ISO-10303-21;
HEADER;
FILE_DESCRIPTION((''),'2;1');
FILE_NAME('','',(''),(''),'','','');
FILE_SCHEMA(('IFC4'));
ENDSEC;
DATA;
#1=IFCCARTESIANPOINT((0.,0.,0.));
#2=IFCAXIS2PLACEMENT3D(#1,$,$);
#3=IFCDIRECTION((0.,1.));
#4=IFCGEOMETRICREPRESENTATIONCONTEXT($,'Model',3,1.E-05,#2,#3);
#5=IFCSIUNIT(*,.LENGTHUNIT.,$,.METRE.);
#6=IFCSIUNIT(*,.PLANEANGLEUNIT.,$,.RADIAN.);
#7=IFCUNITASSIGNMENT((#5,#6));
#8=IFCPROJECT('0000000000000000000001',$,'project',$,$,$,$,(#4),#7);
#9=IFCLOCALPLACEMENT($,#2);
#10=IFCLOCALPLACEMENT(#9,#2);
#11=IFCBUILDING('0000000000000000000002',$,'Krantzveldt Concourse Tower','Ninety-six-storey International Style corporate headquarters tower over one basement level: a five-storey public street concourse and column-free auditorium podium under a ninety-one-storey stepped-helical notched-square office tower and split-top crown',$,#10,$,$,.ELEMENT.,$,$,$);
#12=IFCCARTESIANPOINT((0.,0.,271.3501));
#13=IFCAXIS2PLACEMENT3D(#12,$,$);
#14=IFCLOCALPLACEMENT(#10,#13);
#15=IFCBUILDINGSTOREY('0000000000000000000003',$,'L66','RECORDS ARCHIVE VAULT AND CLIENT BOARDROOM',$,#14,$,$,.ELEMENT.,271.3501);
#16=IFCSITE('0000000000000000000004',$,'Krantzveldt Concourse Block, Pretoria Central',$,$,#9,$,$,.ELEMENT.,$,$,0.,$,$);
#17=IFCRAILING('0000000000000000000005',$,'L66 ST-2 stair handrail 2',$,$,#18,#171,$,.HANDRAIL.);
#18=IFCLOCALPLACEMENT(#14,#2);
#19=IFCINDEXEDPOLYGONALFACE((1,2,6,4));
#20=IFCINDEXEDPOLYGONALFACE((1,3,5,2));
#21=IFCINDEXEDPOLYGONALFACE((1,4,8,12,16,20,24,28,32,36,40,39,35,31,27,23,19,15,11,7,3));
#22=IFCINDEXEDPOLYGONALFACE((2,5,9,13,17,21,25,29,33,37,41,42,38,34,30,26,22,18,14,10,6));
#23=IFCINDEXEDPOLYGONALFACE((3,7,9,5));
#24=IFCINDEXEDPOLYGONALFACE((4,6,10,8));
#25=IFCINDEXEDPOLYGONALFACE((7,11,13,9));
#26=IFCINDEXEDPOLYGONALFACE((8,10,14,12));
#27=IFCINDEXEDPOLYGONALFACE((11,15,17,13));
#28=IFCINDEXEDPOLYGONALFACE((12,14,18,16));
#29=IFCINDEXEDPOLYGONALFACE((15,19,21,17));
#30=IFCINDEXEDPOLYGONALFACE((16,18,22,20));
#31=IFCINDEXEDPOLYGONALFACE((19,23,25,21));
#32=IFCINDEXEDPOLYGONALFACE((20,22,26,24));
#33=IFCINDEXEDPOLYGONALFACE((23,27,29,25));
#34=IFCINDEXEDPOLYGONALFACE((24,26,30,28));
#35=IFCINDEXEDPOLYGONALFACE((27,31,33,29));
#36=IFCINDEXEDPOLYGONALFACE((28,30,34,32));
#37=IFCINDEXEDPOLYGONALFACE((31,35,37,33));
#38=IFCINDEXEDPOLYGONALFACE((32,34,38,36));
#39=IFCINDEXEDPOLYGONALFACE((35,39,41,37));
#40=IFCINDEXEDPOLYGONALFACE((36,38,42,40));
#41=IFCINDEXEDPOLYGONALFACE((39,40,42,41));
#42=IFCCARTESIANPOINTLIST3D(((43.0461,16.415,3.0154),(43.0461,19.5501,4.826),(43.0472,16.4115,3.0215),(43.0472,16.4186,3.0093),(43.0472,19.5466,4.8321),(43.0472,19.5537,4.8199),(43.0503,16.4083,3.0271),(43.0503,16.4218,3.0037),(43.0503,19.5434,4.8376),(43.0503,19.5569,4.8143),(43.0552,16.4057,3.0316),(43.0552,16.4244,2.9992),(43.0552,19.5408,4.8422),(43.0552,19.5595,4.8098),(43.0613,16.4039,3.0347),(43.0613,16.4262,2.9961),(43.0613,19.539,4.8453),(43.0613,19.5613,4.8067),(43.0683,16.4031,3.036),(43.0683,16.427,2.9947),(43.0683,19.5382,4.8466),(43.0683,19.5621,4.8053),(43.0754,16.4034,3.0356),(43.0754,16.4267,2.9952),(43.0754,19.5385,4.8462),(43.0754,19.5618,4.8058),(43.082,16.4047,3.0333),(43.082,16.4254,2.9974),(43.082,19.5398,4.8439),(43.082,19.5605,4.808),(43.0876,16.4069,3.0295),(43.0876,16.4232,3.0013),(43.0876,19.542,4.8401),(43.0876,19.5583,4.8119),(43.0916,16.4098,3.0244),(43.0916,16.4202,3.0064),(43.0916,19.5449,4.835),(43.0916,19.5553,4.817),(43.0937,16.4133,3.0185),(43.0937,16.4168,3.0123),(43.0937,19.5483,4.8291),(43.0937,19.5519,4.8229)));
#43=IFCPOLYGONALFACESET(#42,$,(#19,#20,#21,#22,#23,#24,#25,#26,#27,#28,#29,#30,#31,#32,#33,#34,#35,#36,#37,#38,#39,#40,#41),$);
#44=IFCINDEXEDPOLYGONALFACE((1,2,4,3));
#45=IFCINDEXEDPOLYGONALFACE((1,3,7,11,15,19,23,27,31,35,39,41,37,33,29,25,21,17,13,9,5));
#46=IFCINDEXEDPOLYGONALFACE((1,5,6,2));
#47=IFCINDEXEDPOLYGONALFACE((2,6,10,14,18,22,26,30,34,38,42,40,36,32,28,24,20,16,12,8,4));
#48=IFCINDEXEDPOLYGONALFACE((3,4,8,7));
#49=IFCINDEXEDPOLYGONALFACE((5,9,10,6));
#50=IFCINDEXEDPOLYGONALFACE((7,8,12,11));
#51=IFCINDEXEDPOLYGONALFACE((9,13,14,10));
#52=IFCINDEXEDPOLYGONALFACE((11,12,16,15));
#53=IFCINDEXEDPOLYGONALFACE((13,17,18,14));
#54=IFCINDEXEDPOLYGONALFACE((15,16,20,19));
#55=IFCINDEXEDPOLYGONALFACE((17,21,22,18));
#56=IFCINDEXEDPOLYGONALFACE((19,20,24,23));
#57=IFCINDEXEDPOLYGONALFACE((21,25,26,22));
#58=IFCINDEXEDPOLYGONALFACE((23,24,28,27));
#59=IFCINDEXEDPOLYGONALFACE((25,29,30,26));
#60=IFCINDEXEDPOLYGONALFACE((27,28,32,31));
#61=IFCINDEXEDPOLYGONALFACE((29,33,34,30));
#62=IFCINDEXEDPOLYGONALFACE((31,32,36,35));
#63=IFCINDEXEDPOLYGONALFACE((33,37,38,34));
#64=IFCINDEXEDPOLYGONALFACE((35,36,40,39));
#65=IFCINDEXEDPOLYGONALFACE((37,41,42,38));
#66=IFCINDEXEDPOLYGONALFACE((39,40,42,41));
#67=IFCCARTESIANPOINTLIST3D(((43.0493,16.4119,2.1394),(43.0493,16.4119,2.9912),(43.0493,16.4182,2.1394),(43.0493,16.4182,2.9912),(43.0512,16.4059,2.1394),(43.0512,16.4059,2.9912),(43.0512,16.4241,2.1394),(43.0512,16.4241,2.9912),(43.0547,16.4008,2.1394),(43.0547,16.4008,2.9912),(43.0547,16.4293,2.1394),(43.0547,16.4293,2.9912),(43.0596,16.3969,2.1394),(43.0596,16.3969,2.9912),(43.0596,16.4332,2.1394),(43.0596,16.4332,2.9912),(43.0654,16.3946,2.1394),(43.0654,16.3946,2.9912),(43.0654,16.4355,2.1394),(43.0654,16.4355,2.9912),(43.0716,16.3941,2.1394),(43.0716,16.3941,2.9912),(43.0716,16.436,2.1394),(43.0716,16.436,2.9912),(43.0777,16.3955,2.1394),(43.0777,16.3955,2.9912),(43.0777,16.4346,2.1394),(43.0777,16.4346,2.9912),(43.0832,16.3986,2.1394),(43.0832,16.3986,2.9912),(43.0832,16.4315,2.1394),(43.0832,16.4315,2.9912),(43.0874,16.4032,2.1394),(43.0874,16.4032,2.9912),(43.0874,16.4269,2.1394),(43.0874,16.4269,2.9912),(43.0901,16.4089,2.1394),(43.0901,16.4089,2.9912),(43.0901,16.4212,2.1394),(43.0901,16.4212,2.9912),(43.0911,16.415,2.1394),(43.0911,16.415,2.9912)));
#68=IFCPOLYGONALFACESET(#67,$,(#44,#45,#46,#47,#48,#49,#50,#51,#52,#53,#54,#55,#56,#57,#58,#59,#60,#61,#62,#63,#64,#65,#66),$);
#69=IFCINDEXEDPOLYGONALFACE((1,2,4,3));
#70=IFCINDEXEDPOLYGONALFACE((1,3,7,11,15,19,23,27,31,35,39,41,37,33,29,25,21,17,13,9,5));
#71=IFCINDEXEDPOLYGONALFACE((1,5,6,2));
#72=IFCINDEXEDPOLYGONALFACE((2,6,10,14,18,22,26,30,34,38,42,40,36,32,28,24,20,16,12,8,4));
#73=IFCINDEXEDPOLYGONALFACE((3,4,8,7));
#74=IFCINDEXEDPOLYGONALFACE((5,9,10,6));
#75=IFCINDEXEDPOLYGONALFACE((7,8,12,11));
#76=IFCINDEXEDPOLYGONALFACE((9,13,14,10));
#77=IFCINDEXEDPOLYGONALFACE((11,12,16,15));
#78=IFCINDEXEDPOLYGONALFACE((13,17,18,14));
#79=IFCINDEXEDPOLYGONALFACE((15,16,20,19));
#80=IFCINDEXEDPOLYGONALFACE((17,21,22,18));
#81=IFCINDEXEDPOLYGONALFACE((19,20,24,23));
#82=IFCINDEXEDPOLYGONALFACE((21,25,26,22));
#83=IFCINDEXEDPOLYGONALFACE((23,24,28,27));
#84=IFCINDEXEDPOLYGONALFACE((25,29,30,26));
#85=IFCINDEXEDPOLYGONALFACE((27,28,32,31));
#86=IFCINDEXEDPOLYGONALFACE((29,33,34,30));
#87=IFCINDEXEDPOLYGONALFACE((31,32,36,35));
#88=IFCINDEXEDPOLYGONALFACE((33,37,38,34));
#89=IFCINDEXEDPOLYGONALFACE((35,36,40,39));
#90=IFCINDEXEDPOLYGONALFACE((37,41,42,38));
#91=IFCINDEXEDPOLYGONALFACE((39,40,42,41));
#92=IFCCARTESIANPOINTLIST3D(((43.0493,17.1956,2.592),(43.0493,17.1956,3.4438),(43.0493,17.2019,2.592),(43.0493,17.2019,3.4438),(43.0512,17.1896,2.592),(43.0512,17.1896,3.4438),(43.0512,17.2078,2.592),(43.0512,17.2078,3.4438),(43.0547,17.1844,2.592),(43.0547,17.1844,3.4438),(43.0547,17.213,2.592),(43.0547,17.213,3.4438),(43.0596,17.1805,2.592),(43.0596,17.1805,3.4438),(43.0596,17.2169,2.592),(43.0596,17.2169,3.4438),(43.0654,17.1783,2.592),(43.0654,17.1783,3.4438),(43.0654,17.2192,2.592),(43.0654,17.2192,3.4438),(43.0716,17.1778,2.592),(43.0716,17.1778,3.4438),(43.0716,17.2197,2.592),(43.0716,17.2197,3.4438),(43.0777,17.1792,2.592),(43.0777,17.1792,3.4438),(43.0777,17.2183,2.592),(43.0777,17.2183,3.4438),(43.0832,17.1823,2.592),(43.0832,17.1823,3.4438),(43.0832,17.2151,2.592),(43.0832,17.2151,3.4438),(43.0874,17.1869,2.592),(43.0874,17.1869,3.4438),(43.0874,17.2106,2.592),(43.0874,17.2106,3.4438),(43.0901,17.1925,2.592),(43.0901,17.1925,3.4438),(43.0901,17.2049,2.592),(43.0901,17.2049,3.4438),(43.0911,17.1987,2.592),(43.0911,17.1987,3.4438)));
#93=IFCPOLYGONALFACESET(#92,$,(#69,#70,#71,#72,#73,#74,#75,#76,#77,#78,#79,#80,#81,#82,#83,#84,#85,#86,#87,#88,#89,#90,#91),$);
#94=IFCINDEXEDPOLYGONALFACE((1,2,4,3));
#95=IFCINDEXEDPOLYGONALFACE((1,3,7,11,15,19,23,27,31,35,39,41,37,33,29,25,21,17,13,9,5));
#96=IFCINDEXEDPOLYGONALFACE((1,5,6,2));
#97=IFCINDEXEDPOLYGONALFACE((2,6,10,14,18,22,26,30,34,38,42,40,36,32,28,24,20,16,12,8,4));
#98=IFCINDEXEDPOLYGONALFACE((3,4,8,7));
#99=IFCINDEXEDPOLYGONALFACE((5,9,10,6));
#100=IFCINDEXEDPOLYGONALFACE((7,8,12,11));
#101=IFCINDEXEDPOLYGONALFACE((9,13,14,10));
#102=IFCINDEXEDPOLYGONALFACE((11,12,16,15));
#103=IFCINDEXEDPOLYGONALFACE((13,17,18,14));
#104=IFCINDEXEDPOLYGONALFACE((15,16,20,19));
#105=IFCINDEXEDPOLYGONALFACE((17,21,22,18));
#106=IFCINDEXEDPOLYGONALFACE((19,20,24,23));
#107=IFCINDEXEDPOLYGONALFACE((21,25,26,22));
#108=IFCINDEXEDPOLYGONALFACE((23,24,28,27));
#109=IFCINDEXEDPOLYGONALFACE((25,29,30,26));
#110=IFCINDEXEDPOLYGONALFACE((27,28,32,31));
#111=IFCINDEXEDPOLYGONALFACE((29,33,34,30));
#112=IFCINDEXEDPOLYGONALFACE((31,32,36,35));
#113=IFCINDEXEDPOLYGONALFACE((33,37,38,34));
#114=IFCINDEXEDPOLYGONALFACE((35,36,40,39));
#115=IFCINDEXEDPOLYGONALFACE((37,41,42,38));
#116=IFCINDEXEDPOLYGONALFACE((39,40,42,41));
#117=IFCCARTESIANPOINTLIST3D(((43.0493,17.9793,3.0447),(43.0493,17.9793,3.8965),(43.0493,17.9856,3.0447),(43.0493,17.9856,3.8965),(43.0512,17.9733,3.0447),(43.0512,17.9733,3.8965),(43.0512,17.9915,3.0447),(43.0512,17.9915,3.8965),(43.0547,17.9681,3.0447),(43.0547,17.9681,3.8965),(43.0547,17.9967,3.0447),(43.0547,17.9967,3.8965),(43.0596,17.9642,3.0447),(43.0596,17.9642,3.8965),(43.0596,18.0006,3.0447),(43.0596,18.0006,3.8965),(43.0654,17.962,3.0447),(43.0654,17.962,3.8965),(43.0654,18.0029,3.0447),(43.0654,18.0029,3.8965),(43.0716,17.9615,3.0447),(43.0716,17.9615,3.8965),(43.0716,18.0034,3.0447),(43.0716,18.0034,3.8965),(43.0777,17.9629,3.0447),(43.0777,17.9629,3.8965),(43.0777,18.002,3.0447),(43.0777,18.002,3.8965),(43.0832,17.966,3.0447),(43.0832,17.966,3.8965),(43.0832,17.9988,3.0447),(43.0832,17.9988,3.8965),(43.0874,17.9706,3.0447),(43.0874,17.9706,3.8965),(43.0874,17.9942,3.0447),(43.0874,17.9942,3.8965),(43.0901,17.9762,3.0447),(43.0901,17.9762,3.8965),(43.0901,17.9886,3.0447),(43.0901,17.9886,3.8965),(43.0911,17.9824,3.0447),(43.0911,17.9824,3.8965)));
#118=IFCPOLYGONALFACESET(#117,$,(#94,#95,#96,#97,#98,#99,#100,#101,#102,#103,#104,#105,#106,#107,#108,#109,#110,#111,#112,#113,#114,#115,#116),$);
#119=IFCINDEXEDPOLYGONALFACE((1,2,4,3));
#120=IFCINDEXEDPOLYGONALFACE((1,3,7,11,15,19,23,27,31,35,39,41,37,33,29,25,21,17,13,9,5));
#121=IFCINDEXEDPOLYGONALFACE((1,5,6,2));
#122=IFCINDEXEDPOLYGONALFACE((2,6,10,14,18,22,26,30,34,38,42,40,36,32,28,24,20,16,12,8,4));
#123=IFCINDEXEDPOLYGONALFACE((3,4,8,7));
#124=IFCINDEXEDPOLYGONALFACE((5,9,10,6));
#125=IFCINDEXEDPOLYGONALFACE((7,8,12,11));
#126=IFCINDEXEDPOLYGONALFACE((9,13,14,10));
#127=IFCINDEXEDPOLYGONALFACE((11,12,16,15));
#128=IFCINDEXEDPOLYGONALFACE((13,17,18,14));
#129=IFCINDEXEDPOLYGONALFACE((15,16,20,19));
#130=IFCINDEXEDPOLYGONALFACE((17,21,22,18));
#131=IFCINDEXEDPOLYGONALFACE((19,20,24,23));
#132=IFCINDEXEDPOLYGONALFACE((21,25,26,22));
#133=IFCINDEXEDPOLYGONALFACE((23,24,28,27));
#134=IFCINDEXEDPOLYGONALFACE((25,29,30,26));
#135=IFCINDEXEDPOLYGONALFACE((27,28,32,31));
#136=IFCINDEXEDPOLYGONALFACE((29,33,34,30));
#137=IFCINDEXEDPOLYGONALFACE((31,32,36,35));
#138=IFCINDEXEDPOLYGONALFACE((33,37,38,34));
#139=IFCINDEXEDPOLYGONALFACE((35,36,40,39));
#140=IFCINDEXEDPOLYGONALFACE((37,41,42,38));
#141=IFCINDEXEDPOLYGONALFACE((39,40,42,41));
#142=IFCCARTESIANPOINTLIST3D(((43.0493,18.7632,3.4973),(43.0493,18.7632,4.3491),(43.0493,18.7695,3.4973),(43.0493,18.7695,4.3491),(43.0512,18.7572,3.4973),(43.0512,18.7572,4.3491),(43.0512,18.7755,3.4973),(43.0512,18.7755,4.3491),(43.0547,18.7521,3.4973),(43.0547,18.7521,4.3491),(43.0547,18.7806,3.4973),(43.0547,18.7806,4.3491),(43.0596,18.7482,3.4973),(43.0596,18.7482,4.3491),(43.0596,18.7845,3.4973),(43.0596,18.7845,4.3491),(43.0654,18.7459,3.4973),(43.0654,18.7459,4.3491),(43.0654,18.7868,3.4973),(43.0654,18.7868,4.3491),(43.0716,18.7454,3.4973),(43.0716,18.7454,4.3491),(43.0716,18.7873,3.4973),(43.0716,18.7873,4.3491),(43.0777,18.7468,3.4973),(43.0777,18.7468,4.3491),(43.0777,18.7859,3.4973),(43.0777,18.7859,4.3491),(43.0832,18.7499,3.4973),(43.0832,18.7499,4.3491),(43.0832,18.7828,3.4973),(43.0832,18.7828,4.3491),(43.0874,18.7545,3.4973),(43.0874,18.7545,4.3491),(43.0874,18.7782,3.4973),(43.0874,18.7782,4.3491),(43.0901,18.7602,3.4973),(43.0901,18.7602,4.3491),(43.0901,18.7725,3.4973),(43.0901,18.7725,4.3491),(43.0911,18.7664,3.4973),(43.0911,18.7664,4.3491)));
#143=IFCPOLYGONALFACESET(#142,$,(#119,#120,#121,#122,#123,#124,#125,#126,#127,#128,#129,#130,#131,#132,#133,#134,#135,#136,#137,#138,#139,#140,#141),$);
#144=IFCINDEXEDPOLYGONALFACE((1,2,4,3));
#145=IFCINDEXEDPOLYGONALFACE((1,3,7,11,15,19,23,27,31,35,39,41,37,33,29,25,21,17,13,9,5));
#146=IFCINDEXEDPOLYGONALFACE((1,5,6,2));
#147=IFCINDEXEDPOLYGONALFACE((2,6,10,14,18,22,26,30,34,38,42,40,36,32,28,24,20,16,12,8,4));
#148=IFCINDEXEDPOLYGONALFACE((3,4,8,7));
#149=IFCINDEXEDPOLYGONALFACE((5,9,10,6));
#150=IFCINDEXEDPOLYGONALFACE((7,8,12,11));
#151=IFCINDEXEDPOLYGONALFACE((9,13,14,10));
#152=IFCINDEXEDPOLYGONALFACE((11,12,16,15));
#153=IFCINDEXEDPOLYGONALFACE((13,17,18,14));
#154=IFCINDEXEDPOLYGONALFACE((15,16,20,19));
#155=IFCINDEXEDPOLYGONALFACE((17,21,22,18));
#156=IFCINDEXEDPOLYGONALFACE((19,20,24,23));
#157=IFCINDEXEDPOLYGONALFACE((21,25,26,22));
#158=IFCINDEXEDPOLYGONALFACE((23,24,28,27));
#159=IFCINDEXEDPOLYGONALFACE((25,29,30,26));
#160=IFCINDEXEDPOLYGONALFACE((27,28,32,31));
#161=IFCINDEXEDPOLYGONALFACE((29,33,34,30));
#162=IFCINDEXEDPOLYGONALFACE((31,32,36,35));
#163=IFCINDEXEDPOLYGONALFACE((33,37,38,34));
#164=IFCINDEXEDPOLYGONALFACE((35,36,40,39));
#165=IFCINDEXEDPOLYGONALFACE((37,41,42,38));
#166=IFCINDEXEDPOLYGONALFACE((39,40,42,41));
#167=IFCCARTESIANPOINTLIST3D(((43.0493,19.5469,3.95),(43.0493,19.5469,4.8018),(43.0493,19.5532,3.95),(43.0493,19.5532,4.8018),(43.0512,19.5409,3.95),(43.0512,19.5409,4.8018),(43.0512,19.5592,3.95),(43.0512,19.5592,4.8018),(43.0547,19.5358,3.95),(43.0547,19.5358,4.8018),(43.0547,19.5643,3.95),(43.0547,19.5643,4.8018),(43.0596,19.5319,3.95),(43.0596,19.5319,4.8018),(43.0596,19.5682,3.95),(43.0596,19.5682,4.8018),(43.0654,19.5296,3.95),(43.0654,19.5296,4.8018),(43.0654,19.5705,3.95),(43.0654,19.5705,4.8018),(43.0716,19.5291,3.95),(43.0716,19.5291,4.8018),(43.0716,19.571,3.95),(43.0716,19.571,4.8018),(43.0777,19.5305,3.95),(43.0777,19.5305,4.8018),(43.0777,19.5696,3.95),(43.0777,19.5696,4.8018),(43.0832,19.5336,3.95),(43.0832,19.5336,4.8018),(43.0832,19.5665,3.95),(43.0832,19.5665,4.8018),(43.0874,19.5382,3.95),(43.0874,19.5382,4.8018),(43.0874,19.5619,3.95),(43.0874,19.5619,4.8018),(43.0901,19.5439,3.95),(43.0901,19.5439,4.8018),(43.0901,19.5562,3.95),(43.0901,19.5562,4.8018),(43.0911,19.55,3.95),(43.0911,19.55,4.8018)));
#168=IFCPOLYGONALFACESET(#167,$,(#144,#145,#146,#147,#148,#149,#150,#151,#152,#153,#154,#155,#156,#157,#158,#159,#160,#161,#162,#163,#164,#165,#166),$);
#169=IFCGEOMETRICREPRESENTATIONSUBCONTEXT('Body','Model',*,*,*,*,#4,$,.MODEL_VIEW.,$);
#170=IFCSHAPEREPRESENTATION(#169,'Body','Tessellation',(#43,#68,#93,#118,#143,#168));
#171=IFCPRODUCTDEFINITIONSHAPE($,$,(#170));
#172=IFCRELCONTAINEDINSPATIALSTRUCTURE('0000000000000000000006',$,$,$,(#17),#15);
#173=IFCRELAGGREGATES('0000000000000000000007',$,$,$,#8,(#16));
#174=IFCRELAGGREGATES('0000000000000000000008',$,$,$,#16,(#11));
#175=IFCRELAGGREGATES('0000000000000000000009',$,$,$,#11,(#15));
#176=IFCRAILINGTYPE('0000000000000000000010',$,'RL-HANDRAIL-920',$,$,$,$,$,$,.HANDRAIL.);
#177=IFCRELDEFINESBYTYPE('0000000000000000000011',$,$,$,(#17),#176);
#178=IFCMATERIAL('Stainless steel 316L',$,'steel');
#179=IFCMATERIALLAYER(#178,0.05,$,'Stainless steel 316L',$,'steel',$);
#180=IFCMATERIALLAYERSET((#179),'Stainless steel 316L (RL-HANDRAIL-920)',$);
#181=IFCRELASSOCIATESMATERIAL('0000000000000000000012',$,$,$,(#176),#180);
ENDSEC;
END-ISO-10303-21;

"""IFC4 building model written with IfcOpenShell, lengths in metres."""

from ifc_helpers import new_model, si_unit, direction, frame, origin, origin_2d, place, context, subcontext, project, spatial, circle, extrude, material, layer, layer_set, type_object, element, save


model = new_model("IFC4")

# Units and contexts
model_context = context("Model", 3, precision=1e-05, world=origin(), true_north=direction((0.0, 1.0)))
body_context = subcontext(model_context, "Body", "Model", "MODEL_VIEW")
ifc_project = project(units=[si_unit("LENGTHUNIT", "METRE"), si_unit("PLANEANGLEUNIT", "RADIAN")], contexts=[model_context])

# Site, building, storey
site_placement = place(None, origin())
site = spatial("IfcSite", under=ifc_project, at=site_placement, Name="Krantzveldt Concourse Block, Pretoria Central", CompositionType="ELEMENT", RefElevation=0.0)
building_placement = place(site_placement, origin())
building = spatial("IfcBuilding", under=site, at=building_placement, Name="Krantzveldt Concourse Tower", Description="Ninety-six-storey International Style corporate headquarters tower over one basement level: a five-storey public street concourse and column-free auditorium podium under a ninety-one-storey stepped-helical notched-square office tower and split-top crown", CompositionType="ELEMENT")
storey_placement = place(building_placement, frame((0.0, 0.0, 271.3501)))
storey = spatial("IfcBuildingStorey", under=building, at=storey_placement, Name="L66", Description="RECORDS ARCHIVE VAULT AND CLIENT BOARDROOM", CompositionType="ELEMENT", Elevation=271.3501)

# Railing
ifc_material_1 = material(Name="Stainless steel 316L", Category="steel")
ifc_layer_1 = layer(ifc_material_1, 0.05, Name="Stainless steel 316L", Category="steel")
ifc_layer_set_1 = layer_set([ifc_layer_1], Name="Stainless steel 316L (RL-HANDRAIL-920)")
railing_type_1 = type_object("IfcRailingType", Name="RL-HANDRAIL-920", PredefinedType="HANDRAIL", material=ifc_layer_set_1)
railing_1_placement = place(storey_placement, frame((43.0701, 16.415, 2.1394)))
element("IfcRailing", 1, at=railing_1_placement, inside=storey, type_object=railing_type_1, Name="L66 ST-2 stair handrail 2", PredefinedType="HANDRAIL", context=body_context, shape_type="SweptSolid", body=[
    extrude(circle(Radius=0.0239, at=origin_2d()), frame((0.0, 0.0, 0.876), z_axis=(0.0, 0.86596, 0.500114), x_axis=(-1.0, 0.0, 0.0)), (0.0, 0.0, 1.0), 3.6204),
    extrude(circle(Radius=0.021, at=origin_2d()), origin(), (0.0, 0.0, 1.0), 0.8518),
    extrude(circle(Radius=0.021, at=origin_2d()), frame((0.0, 0.7837, 0.4526)), (0.0, 0.0, 1.0), 0.8518),
    extrude(circle(Radius=0.021, at=origin_2d()), frame((0.0, 1.5674, 0.9053)), (0.0, 0.0, 1.0), 0.8518),
    extrude(circle(Radius=0.021, at=origin_2d()), frame((0.0, 2.3513, 1.3579)), (0.0, 0.0, 1.0), 0.8518),
    extrude(circle(Radius=0.021, at=origin_2d()), frame((0.0, 3.135, 1.8105)), (0.0, 0.0, 1.0), 0.8518),
])

save(model, "model.ifc")
